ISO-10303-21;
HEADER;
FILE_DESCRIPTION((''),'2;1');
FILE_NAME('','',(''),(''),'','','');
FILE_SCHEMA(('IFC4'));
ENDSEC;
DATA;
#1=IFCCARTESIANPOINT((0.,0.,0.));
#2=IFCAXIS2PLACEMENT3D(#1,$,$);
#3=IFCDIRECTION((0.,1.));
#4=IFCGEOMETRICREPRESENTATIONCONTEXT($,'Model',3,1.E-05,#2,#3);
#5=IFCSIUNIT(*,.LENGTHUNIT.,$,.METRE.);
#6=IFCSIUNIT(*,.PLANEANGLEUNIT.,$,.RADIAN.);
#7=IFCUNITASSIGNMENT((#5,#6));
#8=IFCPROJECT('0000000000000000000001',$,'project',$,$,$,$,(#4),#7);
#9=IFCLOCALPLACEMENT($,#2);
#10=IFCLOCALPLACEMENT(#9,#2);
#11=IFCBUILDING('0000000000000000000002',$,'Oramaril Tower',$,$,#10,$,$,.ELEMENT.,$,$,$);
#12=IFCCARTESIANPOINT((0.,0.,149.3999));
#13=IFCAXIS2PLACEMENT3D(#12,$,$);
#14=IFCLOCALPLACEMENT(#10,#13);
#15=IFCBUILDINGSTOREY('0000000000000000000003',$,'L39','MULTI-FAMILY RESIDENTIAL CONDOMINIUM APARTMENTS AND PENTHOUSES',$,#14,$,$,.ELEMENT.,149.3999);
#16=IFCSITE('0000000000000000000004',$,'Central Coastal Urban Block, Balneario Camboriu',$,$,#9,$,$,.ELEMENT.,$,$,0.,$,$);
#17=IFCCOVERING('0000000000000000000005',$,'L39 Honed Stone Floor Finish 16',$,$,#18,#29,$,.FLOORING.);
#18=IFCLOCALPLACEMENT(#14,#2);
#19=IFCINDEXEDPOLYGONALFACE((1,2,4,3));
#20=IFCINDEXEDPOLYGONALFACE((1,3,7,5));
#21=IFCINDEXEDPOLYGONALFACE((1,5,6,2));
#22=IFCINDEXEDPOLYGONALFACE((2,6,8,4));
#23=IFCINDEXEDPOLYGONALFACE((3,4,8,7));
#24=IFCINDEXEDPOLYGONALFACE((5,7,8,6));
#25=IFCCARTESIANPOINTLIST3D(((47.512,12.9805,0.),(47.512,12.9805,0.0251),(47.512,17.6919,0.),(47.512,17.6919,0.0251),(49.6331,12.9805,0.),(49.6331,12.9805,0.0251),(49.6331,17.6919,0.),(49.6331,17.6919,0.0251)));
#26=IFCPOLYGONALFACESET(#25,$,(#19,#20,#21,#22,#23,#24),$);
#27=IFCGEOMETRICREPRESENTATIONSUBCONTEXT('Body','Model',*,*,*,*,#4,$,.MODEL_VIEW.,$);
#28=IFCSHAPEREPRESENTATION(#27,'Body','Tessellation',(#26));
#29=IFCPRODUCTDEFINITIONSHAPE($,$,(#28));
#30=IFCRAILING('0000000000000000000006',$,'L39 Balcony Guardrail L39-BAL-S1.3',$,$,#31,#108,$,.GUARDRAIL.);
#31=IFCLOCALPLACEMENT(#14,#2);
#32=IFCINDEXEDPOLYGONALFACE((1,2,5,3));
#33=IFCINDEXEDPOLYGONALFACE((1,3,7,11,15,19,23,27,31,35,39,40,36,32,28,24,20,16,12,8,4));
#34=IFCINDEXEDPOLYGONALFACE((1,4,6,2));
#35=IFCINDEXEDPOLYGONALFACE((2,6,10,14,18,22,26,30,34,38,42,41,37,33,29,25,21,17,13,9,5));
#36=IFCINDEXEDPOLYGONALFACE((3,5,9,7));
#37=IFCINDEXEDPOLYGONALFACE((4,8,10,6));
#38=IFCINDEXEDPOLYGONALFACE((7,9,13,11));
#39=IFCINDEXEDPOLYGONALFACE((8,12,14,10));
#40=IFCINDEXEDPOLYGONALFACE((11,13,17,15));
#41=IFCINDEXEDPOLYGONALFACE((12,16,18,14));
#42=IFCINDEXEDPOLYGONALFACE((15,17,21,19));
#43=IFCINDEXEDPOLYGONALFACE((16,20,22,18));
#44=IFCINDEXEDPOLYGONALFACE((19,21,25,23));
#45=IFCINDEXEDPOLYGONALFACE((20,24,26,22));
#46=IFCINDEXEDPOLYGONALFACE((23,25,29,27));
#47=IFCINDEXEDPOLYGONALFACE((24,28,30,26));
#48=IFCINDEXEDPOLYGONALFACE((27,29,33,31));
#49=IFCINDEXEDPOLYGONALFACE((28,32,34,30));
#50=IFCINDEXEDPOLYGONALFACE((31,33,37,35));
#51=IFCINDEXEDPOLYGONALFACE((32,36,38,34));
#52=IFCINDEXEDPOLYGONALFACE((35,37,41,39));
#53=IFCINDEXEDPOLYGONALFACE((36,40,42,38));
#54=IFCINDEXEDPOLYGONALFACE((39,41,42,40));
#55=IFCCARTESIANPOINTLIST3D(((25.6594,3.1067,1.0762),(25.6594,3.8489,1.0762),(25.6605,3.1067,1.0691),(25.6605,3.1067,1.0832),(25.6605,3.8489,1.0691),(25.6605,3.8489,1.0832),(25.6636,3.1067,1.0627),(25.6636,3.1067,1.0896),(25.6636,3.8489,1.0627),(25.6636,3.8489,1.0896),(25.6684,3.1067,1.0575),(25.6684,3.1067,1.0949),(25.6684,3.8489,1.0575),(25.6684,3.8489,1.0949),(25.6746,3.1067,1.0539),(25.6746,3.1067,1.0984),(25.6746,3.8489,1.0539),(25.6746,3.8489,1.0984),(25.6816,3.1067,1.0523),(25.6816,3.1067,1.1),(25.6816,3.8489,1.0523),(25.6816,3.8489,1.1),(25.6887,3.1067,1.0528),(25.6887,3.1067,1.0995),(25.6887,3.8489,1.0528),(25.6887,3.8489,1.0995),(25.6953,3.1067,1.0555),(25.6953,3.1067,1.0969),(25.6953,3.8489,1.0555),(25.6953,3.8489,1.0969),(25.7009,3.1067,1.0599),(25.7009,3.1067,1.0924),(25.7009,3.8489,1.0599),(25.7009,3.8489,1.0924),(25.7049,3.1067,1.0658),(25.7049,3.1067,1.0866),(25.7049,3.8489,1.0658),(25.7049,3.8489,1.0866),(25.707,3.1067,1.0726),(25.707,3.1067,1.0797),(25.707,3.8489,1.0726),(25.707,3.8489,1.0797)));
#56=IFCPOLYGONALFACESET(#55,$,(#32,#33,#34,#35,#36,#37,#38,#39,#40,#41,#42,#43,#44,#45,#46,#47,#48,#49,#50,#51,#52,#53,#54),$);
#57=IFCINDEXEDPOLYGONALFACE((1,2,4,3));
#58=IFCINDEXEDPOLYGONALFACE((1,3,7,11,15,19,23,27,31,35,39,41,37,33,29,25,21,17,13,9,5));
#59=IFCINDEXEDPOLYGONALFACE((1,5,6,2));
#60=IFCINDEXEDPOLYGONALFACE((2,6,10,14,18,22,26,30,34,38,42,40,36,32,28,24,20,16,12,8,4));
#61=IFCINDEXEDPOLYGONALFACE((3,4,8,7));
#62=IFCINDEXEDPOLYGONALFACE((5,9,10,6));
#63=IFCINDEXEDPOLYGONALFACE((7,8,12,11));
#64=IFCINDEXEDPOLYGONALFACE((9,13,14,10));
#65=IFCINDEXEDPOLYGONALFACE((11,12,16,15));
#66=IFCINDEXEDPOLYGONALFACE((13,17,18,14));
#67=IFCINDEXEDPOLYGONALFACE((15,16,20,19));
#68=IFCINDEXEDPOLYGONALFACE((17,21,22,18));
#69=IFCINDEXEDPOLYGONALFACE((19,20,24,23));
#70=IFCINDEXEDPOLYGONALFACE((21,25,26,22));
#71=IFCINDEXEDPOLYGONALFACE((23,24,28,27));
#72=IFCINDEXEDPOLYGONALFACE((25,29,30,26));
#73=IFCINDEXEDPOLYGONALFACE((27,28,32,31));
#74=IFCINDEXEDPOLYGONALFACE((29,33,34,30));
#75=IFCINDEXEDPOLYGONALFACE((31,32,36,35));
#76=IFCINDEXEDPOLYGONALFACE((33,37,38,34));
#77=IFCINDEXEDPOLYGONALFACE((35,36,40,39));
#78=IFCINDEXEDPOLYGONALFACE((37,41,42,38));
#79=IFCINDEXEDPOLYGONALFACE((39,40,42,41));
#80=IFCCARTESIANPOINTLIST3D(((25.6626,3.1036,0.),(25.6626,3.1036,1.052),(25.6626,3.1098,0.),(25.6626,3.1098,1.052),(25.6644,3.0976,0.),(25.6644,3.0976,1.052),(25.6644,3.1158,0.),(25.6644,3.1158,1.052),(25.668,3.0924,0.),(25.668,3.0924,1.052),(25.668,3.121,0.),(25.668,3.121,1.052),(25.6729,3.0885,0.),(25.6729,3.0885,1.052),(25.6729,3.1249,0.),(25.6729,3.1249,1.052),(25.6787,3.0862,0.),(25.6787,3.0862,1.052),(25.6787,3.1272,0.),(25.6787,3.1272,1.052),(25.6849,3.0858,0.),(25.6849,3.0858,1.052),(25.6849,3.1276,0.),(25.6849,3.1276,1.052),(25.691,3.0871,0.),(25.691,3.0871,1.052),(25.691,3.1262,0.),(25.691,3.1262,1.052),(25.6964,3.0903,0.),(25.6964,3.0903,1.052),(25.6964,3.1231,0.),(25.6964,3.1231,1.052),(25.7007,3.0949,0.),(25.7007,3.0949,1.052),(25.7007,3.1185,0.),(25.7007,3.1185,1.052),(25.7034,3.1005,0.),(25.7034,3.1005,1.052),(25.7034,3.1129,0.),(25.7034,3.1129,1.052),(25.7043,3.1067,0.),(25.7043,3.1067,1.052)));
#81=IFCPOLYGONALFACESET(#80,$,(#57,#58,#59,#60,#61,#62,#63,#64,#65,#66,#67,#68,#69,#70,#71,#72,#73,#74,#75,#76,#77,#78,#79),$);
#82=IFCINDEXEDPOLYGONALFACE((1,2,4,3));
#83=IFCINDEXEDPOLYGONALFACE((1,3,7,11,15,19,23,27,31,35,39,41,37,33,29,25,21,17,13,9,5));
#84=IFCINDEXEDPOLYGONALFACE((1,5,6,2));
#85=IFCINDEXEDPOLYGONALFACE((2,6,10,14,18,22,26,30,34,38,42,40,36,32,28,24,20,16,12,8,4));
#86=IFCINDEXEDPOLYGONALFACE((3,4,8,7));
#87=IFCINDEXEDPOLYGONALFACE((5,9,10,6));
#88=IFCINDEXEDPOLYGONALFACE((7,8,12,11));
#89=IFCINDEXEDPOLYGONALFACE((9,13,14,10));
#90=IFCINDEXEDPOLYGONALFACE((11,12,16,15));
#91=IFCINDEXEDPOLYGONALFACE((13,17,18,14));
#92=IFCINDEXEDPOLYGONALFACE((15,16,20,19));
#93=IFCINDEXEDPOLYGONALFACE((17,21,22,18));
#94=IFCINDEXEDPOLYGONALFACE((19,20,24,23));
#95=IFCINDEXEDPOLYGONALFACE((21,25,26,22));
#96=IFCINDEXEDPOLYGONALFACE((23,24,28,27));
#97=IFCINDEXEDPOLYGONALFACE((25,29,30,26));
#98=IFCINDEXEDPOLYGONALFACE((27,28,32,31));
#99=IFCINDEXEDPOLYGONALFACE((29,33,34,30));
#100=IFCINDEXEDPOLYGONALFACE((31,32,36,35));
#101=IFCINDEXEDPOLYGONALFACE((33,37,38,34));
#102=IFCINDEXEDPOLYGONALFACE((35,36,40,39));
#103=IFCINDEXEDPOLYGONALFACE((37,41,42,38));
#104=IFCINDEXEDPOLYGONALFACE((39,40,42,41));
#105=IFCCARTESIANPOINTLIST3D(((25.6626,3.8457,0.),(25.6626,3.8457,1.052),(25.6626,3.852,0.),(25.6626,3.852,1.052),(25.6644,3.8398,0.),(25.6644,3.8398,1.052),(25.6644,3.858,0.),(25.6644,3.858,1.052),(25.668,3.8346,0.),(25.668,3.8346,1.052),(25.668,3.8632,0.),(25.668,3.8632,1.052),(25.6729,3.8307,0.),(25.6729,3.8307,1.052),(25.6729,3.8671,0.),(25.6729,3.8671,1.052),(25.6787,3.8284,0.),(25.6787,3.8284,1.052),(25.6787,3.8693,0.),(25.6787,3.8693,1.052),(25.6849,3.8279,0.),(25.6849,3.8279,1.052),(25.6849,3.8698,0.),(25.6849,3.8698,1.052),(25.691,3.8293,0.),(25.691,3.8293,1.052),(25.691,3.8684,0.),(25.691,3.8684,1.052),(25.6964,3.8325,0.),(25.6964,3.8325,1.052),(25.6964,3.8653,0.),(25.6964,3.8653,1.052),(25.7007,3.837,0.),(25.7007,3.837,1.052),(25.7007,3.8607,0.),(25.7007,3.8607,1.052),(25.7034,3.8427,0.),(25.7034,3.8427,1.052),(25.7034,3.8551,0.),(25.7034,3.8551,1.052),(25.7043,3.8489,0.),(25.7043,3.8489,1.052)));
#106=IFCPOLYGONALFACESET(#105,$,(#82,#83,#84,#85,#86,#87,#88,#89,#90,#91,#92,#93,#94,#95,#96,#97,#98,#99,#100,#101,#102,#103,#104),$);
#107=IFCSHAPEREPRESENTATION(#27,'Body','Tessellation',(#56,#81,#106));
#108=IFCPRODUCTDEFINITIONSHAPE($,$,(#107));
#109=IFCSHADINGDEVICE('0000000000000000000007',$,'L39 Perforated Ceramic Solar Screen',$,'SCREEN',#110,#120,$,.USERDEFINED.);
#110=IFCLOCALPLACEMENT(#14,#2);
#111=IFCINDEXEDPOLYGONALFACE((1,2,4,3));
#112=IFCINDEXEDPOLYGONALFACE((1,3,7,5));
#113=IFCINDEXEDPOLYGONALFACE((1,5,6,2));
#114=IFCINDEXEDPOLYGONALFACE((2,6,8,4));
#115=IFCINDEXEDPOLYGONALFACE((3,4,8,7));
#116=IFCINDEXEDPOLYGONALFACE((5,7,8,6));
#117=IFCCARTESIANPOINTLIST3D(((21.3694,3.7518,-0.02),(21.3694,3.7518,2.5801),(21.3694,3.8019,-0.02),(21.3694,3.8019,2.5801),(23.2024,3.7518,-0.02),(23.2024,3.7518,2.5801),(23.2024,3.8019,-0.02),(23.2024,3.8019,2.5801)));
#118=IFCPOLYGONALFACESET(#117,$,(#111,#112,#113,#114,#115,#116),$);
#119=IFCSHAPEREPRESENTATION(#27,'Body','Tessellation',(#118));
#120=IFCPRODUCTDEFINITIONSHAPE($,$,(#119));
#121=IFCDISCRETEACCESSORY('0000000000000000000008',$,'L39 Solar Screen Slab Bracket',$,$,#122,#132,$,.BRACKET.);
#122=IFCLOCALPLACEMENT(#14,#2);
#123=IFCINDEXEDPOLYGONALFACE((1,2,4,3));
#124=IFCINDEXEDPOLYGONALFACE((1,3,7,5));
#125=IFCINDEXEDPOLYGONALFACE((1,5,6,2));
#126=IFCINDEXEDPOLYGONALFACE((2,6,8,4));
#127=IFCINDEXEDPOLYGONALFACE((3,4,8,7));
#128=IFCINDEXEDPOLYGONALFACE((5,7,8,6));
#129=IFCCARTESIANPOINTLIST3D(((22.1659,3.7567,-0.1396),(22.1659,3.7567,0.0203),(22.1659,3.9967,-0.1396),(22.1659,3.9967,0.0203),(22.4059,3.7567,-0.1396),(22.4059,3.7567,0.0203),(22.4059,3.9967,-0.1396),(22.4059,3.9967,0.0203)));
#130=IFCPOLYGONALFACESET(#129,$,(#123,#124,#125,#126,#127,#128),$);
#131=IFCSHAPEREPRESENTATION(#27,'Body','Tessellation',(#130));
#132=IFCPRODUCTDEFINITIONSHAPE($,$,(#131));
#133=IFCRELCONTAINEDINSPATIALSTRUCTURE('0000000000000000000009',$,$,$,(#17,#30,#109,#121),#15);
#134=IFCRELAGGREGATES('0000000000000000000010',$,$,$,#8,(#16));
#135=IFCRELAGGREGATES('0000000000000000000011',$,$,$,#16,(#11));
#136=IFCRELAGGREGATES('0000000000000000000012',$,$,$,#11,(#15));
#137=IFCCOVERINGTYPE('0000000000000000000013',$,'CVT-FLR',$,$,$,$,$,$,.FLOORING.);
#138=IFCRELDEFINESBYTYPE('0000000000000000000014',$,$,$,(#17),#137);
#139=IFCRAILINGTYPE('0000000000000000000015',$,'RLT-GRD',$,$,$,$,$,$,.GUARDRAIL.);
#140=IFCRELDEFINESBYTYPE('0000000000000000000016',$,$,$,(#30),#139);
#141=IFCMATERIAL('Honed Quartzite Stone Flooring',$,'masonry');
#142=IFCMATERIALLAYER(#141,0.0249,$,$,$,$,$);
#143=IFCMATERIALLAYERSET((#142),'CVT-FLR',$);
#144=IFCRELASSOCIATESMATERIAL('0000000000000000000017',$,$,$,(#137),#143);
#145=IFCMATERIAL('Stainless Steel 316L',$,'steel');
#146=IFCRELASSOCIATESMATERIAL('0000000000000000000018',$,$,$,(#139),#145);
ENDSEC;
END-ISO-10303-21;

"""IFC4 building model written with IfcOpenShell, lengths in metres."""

from ifc_helpers import new_model, si_unit, direction, frame, origin, origin_2d, place, context, subcontext, project, spatial, polyline, rectangle, circle, outline, extrude, material, layer, layer_set, type_object, element, save


model = new_model("IFC4")

# Units and contexts
model_context = context("Model", 3, precision=1e-05, world=origin(), true_north=direction((0.0, 1.0)))
body_context = subcontext(model_context, "Body", "Model", "MODEL_VIEW")
ifc_project = project(units=[si_unit("LENGTHUNIT", "METRE"), si_unit("PLANEANGLEUNIT", "RADIAN")], contexts=[model_context])

# Site, building, storey
site_placement = place(None, origin())
site = spatial("IfcSite", under=ifc_project, at=site_placement, Name="Central Coastal Urban Block, Balneario Camboriu", CompositionType="ELEMENT", RefElevation=0.0)
building_placement = place(site_placement, origin())
building = spatial("IfcBuilding", under=site, at=building_placement, Name="Oramaril Tower", CompositionType="ELEMENT")
storey_placement = place(building_placement, frame((0.0, 0.0, 149.3999)))
storey = spatial("IfcBuildingStorey", under=building, at=storey_placement, Name="L39", Description="MULTI-FAMILY RESIDENTIAL CONDOMINIUM APARTMENTS AND PENTHOUSES", CompositionType="ELEMENT", Elevation=149.3999)

# Covering
ifc_material_1 = material(Name="Honed Quartzite Stone Flooring", Category="masonry")
ifc_layer_1 = layer(ifc_material_1, 0.0249)
ifc_layer_set_1 = layer_set([ifc_layer_1], Name="CVT-FLR")
covering_type_1 = type_object("IfcCoveringType", Name="CVT-FLR", PredefinedType="FLOORING", material=ifc_layer_set_1)
covering_1_placement = place(storey_placement, origin())
element("IfcCovering", 1, at=covering_1_placement, inside=storey, type_object=covering_type_1, Name="L39 Honed Stone Floor Finish 16", PredefinedType="FLOORING", context=body_context, shape_type="SweptSolid", body=[
    extrude(outline(polyline([(49.6331, 17.6919), (49.6331, 12.9805), (47.512, 12.9805), (47.512, 17.6919), (49.6331, 17.6919)])), origin(), (0.0, 0.0, 1.0), 0.0251),
])

# Railing
ifc_material_2 = material(Name="Stainless Steel 316L", Category="steel")
railing_type = type_object("IfcRailingType", Name="RLT-GRD", PredefinedType="GUARDRAIL", material=ifc_material_2)
railing_placement = place(storey_placement, frame((25.6833, 3.1067, 0.0)))
element("IfcRailing", 2, at=railing_placement, inside=storey, type_object=railing_type, Name="L39 Balcony Guardrail L39-BAL-S1.3", PredefinedType="GUARDRAIL", context=body_context, shape_type="SweptSolid", body=[
    extrude(circle(Radius=0.0239, at=origin_2d()), frame((0.0, 0.0, 1.0762), z_axis=(0.0, 1.0, 0.0), x_axis=(-1.0, 0.0, 0.0)), (0.0, 0.0, 1.0), 0.7422),
    extrude(circle(Radius=0.021, at=origin_2d()), origin(), (0.0, 0.0, 1.0), 1.052),
    extrude(circle(Radius=0.021, at=origin_2d()), frame((0.0, 0.7422, 0.0)), (0.0, 0.0, 1.0), 1.052),
])

# Shading device
shading_device_placement = place(storey_placement, frame((22.2859, 3.7769, -0.02), z_axis=(0.0, 0.0, 1.0), x_axis=(1.0, 0.0, 0.0)))
element("IfcShadingDevice", 3, at=shading_device_placement, inside=storey, Name="L39 Perforated Ceramic Solar Screen", ObjectType="SCREEN", PredefinedType="USERDEFINED", context=body_context, shape_type="SweptSolid", body=[
    extrude(rectangle(XDim=1.833, YDim=0.05, at=origin_2d()), origin(), (0.0, 0.0, 1.0), 2.6001),
])

# Discrete accessory
discrete_accessory_placement = place(storey_placement, frame((22.2859, 3.8767, -0.1396), z_axis=(0.0, 0.0, 1.0), x_axis=(1.0, 0.0, 0.0)))
element("IfcDiscreteAccessory", 4, at=discrete_accessory_placement, inside=storey, Name="L39 Solar Screen Slab Bracket", PredefinedType="BRACKET", context=body_context, shape_type="SweptSolid", body=[
    extrude(rectangle(XDim=0.24, YDim=0.24, at=origin_2d()), origin(), (0.0, 0.0, 1.0), 0.1599),
])

save(model, "model.ifc")
